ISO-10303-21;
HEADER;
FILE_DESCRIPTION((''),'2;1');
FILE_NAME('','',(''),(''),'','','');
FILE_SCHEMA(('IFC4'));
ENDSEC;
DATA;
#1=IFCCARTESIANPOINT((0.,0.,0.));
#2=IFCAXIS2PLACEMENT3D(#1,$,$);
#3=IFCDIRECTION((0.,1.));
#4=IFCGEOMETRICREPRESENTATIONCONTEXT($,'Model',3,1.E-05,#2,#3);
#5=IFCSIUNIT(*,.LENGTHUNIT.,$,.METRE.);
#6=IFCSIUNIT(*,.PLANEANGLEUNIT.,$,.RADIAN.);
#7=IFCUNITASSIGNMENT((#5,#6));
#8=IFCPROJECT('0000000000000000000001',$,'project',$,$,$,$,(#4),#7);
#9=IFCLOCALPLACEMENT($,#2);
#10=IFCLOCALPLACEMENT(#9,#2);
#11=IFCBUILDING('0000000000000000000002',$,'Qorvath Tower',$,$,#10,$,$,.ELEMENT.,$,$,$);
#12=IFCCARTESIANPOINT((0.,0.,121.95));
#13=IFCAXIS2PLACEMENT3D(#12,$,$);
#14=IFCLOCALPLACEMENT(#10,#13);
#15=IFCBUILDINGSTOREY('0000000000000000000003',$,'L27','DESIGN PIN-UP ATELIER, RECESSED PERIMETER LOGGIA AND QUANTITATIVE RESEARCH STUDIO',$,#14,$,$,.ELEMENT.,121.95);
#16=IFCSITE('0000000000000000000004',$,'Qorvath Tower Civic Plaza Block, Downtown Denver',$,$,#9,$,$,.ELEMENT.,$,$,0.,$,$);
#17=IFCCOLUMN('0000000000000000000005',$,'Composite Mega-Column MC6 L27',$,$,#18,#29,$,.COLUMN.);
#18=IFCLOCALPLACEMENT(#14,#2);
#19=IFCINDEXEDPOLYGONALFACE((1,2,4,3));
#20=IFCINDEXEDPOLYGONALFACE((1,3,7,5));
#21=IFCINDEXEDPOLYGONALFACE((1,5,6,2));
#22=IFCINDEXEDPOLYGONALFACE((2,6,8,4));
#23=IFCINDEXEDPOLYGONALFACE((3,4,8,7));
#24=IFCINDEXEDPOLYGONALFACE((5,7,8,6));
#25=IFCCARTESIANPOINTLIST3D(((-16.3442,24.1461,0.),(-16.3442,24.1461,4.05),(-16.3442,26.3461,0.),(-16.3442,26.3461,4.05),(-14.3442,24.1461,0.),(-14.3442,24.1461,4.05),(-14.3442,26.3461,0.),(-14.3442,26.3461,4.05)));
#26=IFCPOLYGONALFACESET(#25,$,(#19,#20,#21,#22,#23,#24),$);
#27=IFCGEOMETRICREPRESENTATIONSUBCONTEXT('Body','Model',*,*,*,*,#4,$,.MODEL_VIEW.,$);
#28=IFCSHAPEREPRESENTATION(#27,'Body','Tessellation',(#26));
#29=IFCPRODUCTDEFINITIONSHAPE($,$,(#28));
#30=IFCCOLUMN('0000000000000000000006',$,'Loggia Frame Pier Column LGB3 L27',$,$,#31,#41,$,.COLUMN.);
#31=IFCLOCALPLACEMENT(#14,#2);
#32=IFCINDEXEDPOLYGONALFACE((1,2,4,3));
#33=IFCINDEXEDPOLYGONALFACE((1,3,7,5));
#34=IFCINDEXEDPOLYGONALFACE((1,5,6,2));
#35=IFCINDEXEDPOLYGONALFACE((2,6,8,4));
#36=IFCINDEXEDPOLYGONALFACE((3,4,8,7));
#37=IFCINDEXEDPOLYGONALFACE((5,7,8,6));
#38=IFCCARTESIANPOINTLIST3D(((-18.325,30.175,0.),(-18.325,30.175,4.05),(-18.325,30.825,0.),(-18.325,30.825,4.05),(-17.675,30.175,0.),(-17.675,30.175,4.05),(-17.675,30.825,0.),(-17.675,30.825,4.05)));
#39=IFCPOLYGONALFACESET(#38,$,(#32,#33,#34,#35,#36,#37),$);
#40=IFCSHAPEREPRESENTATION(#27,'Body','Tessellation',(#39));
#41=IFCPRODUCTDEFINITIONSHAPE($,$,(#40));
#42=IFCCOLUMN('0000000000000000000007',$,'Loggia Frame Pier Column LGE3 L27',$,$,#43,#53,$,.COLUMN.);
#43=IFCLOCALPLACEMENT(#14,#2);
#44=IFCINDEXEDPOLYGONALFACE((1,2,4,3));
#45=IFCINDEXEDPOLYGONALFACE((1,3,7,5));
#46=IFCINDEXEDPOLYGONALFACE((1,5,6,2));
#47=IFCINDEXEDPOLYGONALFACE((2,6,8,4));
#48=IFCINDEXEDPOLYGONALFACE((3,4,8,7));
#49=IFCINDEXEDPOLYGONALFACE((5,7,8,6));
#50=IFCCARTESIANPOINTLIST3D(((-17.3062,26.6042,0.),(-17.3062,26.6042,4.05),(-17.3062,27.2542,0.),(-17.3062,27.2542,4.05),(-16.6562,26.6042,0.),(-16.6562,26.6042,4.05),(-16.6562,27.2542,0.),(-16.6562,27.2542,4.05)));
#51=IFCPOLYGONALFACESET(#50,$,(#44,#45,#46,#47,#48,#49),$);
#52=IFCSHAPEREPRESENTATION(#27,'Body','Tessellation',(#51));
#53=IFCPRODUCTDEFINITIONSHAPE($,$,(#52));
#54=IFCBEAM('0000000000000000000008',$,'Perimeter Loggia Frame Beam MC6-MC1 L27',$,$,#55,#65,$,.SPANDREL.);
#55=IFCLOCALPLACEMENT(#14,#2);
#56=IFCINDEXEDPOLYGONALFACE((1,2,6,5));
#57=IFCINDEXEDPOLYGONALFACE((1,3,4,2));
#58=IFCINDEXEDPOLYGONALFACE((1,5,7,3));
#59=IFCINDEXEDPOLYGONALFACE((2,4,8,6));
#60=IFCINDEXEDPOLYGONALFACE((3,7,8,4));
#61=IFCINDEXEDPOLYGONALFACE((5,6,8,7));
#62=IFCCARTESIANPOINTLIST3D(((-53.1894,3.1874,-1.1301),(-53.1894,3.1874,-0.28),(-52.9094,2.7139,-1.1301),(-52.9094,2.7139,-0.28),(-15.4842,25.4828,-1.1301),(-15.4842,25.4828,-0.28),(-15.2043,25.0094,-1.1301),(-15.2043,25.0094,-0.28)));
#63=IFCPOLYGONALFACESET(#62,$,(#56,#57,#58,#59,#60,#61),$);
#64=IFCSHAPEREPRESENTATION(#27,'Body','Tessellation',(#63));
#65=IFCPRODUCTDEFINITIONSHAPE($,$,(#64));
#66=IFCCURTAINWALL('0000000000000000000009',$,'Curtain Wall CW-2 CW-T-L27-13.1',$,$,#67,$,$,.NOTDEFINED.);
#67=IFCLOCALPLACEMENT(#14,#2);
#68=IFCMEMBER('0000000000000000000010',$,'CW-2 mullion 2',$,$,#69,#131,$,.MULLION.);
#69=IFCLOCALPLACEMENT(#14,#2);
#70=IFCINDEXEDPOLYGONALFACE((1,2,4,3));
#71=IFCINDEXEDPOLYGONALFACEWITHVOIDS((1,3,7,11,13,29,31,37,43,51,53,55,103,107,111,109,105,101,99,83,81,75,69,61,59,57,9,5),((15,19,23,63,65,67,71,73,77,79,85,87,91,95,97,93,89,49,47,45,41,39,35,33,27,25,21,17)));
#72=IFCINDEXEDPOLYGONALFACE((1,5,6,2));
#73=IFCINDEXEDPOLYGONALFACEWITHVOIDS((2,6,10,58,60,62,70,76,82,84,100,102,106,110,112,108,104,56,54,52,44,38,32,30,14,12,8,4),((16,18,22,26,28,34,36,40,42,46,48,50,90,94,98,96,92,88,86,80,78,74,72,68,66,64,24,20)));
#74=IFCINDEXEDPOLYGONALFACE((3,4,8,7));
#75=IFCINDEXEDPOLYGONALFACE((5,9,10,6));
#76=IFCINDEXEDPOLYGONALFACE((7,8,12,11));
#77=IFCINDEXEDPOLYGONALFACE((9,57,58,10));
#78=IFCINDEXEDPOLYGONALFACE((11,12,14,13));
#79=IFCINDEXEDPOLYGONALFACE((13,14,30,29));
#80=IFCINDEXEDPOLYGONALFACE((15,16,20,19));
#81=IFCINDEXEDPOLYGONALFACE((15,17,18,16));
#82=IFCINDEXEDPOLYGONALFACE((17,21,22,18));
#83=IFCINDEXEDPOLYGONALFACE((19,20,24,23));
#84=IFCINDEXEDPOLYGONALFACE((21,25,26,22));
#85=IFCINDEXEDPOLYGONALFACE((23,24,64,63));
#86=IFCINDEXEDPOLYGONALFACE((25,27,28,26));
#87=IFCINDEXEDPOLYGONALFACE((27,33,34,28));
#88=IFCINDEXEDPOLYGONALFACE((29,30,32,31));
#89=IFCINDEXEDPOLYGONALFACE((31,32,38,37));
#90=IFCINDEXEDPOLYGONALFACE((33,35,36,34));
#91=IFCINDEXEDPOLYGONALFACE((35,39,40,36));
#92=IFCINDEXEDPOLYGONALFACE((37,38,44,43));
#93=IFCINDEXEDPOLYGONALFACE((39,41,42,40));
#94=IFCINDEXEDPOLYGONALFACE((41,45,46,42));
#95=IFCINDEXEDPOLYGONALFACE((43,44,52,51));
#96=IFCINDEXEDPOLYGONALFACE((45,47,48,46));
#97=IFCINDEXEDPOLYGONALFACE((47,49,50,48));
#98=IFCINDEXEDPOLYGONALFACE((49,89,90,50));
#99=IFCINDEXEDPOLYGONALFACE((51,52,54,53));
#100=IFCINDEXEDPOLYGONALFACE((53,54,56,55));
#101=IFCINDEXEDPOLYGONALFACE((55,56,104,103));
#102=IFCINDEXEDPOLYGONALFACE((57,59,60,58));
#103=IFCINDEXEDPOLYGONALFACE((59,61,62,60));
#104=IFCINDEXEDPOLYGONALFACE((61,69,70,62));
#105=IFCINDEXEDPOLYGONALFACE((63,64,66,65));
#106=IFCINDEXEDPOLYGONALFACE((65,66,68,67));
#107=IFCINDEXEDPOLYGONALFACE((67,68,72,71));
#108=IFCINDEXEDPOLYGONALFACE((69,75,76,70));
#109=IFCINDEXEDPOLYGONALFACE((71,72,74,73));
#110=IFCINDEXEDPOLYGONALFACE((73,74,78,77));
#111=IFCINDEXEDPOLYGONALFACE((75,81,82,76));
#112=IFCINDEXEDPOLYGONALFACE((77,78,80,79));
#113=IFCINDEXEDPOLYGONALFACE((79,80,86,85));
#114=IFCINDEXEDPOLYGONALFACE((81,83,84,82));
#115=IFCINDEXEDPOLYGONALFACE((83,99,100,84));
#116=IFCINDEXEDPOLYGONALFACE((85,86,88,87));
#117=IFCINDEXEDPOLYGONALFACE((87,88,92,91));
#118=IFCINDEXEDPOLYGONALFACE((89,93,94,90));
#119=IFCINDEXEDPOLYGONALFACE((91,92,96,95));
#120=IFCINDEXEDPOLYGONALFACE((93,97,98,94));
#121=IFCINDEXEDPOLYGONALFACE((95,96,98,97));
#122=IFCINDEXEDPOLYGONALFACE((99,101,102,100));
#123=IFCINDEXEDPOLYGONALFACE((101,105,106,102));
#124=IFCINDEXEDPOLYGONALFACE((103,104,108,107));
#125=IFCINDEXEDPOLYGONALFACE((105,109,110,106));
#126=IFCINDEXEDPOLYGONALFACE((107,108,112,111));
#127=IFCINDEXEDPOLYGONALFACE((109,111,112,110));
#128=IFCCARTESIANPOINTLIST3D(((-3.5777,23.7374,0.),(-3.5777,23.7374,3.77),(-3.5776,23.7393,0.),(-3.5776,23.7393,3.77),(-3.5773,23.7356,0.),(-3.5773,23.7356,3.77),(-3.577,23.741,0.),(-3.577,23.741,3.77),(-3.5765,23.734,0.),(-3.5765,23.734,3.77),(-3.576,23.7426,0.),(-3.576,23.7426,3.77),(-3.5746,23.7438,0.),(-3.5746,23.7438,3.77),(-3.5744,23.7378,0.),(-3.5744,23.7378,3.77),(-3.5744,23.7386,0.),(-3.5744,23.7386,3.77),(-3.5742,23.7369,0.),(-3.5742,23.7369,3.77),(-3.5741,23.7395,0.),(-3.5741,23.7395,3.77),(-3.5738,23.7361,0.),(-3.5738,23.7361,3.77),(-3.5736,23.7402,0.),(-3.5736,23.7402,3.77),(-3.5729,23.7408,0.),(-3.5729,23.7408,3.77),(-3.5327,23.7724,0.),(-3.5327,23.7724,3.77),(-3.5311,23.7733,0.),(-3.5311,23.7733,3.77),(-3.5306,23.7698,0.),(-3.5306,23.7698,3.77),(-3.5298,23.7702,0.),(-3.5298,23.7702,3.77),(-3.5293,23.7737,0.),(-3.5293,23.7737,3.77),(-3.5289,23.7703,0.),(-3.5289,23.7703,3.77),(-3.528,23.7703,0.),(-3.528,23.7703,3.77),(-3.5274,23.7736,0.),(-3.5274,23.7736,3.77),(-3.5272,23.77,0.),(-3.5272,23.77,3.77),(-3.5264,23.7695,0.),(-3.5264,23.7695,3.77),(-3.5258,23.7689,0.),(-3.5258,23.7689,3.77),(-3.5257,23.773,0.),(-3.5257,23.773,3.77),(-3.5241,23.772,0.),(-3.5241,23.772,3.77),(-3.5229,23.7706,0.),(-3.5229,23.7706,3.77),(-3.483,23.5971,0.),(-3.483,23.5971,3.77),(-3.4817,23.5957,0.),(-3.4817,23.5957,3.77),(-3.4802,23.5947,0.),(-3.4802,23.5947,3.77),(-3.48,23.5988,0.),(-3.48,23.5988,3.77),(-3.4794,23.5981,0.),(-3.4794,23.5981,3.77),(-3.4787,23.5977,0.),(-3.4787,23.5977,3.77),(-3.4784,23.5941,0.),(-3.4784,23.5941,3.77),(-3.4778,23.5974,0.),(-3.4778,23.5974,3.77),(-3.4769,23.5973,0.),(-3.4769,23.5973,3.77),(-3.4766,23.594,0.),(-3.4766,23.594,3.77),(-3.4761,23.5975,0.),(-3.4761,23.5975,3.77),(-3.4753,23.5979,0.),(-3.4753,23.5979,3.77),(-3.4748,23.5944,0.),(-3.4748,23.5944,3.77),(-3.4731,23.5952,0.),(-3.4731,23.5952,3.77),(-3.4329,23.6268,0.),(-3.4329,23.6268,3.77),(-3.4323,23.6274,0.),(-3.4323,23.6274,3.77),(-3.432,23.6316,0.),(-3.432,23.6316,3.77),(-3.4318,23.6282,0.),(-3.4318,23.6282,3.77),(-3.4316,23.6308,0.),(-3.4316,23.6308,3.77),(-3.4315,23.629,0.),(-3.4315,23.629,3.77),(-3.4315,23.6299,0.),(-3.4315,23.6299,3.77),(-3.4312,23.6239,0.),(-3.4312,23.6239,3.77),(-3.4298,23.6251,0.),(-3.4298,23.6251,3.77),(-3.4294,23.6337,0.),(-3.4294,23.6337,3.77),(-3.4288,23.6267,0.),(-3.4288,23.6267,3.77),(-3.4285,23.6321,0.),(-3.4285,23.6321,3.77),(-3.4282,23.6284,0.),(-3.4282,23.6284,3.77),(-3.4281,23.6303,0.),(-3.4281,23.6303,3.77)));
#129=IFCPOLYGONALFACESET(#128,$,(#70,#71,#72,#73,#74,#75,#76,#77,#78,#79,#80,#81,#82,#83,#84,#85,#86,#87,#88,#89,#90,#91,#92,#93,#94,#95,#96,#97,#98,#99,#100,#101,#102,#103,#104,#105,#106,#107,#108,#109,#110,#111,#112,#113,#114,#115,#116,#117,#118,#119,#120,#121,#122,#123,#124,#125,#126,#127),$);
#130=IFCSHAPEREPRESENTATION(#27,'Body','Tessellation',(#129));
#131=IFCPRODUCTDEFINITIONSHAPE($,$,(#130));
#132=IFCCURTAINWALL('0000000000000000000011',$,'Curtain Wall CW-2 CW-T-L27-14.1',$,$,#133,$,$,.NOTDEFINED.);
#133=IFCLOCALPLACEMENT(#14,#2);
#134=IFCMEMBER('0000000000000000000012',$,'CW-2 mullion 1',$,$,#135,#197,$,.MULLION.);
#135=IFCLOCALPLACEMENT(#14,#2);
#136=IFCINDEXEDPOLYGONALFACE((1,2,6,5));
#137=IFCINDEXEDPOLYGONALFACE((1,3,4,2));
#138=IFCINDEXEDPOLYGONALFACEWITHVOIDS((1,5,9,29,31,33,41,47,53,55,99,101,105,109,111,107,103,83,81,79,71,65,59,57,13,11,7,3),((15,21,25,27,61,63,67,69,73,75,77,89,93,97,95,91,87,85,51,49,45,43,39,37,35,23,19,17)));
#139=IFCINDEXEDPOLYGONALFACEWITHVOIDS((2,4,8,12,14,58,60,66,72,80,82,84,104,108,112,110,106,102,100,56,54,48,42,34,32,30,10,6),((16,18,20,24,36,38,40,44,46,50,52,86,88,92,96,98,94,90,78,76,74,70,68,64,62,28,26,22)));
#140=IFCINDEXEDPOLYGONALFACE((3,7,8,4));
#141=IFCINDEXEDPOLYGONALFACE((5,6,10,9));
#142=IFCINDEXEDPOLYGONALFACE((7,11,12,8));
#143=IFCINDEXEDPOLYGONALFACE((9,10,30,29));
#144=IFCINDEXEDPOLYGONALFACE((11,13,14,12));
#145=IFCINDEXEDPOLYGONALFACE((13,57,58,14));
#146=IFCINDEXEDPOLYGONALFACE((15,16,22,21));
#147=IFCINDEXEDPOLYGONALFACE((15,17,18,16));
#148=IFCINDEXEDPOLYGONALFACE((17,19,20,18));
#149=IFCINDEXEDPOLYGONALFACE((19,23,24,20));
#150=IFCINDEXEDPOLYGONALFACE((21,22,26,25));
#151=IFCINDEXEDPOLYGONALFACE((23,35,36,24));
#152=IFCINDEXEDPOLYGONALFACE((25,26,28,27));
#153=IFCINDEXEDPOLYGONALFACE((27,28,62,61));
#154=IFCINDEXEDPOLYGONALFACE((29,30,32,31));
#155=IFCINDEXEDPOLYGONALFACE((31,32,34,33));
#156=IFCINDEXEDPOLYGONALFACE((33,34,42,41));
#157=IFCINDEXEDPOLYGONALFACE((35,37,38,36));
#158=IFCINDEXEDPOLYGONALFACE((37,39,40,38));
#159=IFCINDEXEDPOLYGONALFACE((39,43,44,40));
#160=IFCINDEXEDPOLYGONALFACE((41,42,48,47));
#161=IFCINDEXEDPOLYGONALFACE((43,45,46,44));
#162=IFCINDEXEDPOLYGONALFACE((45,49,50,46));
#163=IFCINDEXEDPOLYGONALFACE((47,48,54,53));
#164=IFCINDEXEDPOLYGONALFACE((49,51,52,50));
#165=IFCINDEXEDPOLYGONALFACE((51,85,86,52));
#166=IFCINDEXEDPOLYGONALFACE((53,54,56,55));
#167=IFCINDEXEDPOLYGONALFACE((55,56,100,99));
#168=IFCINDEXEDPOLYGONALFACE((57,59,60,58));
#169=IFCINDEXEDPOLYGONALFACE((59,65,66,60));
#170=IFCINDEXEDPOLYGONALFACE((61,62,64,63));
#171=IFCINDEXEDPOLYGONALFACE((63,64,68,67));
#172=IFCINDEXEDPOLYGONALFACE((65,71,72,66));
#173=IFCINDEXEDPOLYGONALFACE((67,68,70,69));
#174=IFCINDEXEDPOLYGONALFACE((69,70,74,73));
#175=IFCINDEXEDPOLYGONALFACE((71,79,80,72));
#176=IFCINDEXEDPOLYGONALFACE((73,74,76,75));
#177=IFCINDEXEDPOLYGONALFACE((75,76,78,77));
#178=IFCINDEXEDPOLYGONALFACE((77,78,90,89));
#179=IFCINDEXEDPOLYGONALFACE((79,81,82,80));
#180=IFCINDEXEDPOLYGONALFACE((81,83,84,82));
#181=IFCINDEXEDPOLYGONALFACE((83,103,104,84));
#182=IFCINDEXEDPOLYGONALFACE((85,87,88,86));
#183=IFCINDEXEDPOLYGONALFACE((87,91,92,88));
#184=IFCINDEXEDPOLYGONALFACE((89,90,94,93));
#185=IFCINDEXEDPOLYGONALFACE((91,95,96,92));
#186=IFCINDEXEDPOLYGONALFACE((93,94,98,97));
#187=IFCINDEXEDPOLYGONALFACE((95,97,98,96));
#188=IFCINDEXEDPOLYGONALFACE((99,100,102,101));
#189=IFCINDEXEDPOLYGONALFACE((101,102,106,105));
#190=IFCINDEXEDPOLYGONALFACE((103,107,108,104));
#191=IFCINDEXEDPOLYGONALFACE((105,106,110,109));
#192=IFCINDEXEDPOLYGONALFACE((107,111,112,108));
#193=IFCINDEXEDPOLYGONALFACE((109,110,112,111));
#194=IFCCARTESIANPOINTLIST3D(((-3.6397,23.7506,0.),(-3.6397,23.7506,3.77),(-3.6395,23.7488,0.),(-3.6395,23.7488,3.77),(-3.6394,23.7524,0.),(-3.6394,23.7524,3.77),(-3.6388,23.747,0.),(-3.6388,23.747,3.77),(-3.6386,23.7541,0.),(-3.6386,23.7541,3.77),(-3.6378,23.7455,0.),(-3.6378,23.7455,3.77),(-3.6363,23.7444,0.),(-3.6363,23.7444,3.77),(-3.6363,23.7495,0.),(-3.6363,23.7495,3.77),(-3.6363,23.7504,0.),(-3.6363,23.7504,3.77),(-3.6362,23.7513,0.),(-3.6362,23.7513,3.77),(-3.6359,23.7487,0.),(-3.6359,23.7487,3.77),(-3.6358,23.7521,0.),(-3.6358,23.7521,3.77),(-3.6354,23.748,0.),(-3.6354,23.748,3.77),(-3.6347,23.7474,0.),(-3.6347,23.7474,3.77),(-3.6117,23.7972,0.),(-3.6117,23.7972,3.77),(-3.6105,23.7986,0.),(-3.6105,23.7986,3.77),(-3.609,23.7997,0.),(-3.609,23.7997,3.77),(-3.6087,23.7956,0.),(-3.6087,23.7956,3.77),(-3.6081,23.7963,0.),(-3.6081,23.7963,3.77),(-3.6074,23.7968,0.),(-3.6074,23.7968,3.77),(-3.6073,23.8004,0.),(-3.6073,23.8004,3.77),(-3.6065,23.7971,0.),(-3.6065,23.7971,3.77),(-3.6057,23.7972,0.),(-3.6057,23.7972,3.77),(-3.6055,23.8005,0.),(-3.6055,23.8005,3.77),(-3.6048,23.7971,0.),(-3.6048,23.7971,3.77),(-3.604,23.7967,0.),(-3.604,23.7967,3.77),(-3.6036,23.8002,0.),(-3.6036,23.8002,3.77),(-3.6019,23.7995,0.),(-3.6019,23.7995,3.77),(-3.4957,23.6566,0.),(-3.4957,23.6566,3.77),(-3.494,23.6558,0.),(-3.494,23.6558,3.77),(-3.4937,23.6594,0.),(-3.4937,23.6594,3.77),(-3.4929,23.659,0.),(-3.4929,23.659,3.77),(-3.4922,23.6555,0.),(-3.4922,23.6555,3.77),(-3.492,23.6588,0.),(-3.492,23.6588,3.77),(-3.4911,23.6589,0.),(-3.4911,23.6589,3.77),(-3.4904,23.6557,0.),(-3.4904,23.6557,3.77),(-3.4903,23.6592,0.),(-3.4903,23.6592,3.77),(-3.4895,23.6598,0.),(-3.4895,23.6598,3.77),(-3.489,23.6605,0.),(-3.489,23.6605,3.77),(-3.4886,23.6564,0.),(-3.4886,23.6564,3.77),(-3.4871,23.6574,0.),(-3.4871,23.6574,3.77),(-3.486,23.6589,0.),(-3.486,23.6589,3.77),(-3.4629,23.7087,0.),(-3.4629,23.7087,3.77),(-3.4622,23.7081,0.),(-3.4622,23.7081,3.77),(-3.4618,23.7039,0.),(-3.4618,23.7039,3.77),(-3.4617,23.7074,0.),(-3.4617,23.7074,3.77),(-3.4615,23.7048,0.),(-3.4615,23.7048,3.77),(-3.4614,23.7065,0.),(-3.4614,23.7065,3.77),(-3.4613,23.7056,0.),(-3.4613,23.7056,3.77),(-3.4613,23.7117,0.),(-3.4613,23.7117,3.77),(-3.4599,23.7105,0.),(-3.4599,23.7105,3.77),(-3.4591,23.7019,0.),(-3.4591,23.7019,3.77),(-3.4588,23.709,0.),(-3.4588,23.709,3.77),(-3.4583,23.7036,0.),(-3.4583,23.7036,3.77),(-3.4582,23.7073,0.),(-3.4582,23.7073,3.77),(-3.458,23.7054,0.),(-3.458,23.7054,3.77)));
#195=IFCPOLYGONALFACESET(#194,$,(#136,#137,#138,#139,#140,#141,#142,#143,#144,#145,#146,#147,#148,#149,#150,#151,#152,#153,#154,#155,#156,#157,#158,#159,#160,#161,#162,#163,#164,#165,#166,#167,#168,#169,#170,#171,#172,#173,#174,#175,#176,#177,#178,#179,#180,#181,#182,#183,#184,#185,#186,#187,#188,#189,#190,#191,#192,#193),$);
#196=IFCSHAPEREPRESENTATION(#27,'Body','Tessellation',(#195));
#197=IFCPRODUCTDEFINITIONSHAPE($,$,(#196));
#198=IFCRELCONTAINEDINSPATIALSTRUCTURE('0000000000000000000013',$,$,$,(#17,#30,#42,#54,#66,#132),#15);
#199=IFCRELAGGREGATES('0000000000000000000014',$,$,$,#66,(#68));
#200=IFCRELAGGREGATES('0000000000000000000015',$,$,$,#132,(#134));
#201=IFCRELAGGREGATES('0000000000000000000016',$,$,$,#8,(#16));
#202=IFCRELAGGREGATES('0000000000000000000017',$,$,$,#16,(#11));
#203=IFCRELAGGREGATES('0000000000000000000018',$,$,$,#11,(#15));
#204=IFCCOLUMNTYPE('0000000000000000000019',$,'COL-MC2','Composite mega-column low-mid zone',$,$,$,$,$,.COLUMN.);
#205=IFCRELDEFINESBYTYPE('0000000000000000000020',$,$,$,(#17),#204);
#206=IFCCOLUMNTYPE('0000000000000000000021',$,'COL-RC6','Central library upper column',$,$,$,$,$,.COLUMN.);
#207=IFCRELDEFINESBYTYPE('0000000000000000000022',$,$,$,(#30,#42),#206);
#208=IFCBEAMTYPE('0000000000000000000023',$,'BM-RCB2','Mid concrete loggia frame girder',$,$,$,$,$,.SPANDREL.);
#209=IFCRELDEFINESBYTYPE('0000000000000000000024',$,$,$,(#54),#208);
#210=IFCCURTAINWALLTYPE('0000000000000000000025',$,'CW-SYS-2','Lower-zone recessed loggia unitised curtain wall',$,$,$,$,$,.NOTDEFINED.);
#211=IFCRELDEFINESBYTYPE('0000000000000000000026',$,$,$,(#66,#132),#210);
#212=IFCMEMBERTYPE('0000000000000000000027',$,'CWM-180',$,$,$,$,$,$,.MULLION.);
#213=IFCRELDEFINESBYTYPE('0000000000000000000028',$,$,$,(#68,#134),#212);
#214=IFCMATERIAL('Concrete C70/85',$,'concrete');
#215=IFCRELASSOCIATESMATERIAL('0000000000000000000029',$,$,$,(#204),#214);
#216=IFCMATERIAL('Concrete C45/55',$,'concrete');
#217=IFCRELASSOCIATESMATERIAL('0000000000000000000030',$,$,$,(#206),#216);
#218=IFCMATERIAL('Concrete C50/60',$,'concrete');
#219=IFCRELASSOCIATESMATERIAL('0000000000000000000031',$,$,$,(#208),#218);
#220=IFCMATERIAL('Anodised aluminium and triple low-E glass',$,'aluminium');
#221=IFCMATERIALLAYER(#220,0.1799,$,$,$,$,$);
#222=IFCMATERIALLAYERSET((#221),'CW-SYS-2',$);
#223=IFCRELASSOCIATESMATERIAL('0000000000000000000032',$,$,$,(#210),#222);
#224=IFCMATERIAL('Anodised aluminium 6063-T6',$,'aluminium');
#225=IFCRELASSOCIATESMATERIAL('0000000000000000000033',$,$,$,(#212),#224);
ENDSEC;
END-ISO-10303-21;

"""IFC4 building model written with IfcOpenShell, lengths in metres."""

from ifc_helpers import new_model, si_unit, direction, frame, origin, origin_2d, place, context, subcontext, project, spatial, rectangle, hollow_rectangle, extrude, material, layer, layer_set, material_profile, profile_set, type_object, element, aggregate, save


model = new_model("IFC4")

# Units and contexts
model_context = context("Model", 3, precision=1e-05, world=origin(), true_north=direction((0.0, 1.0)))
body_context = subcontext(model_context, "Body", "Model", "MODEL_VIEW")
ifc_project = project(units=[si_unit("LENGTHUNIT", "METRE"), si_unit("PLANEANGLEUNIT", "RADIAN")], contexts=[model_context])

# Site, building, storey
site_placement = place(None, origin())
site = spatial("IfcSite", under=ifc_project, at=site_placement, Name="Qorvath Tower Civic Plaza Block, Downtown Denver", CompositionType="ELEMENT", RefElevation=0.0)
building_placement = place(site_placement, origin())
building = spatial("IfcBuilding", under=site, at=building_placement, Name="Qorvath Tower", CompositionType="ELEMENT")
storey_placement = place(building_placement, frame((0.0, 0.0, 121.95)))
storey = spatial("IfcBuildingStorey", under=building, at=storey_placement, Name="L27", Description="DESIGN PIN-UP ATELIER, RECESSED PERIMETER LOGGIA AND QUANTITATIVE RESEARCH STUDIO", CompositionType="ELEMENT", Elevation=121.95)

# Columns
ifc_material_1 = material(Name="Concrete C70/85", Category="concrete")
ifc_material_profile_1 = material_profile(ifc_material_1, rectangle(XDim=2.0, YDim=2.2, at=origin_2d()), Name="MC 2200x2000")
ifc_profile_set_1 = profile_set([ifc_material_profile_1], Name="Concrete C70/85")
column_type_1 = type_object("IfcColumnType", Name="COL-MC2", Description="Composite mega-column low-mid zone", PredefinedType="COLUMN", material=ifc_profile_set_1)
column_placement = place(storey_placement, frame((-15.3442, 25.2461, 0.0), z_axis=(0.0, 0.0, 1.0), x_axis=(1.0, 0.0, 0.0)))
element("IfcColumn", 1, at=column_placement, inside=storey, type_object=column_type_1, Name="Composite Mega-Column MC6 L27", PredefinedType="COLUMN", context=body_context, shape_type="SweptSolid", body=[
    extrude(rectangle(XDim=2.0, YDim=2.2, at=origin_2d()), origin(), (0.0, 0.0, 1.0), 4.05),
])
ifc_material_2 = material(Name="Concrete C45/55", Category="concrete")
ifc_material_profile_2 = material_profile(ifc_material_2, rectangle(XDim=0.6499, YDim=0.6499, at=origin_2d()), Name="RC 650x650")
ifc_profile_set_2 = profile_set([ifc_material_profile_2], Name="Concrete C45/55")
column_type_2 = type_object("IfcColumnType", Name="COL-RC6", Description="Central library upper column", PredefinedType="COLUMN", material=ifc_profile_set_2)
for number, where, z_axis, x_axis, name in (
    (2, (-18.0, 30.5, 0.0), (0.0, 0.0, 1.0), (1.0, 0.0, 0.0), "Loggia Frame Pier Column LGB3 L27"),
    (3, (-16.9812, 26.9292, 0.0), (0.0, 0.0, 1.0), (1.0, 0.0, 0.0), "Loggia Frame Pier Column LGE3 L27"),
):
    element("IfcColumn", number, at=place(storey_placement, frame(where, z_axis=z_axis, x_axis=x_axis)), inside=storey, type_object=column_type_2, Name=name, PredefinedType="COLUMN", context=body_context, shape_type="SweptSolid", body=[
        extrude(rectangle(XDim=0.6499, YDim=0.6499, at=origin_2d()), origin(), (0.0, 0.0, 1.0), 4.05),
    ])

# Beam
ifc_material_3 = material(Name="Concrete C50/60", Category="concrete")
ifc_material_profile_3 = material_profile(ifc_material_3, rectangle(XDim=0.55, YDim=0.8501, at=origin_2d()), Name="RCB 850x550")
ifc_profile_set_3 = profile_set([ifc_material_profile_3], Name="Concrete C50/60")
beam_type = type_object("IfcBeamType", Name="BM-RCB2", Description="Mid concrete loggia frame girder", PredefinedType="SPANDREL", material=ifc_profile_set_3)
beam_placement = place(storey_placement, frame((-15.3442, 25.2461, -0.7051), z_axis=(-0.860775, -0.508985, 0.0), x_axis=(0.508985, -0.860775, 0.0)))
element("IfcBeam", 4, at=beam_placement, inside=storey, type_object=beam_type, Name="Perimeter Loggia Frame Beam MC6-MC1 L27", PredefinedType="SPANDREL", context=body_context, shape_type="SweptSolid", body=[
    extrude(rectangle(XDim=0.55, YDim=0.8501, at=origin_2d()), origin(), (0.0, 0.0, 1.0), 43.8037),
])

# Curtain wall, member
ifc_material_4 = material(Name="Anodised aluminium and triple low-E glass", Category="aluminium")
ifc_layer_1 = layer(ifc_material_4, 0.1799)
ifc_layer_set_1 = layer_set([ifc_layer_1], Name="CW-SYS-2")
curtain_wall_type = type_object("IfcCurtainWallType", Name="CW-SYS-2", Description="Lower-zone recessed loggia unitised curtain wall", PredefinedType="NOTDEFINED", material=ifc_layer_set_1)
curtain_wall_1_placement = place(storey_placement, origin())
curtain_wall_1 = element("IfcCurtainWall", 5, at=curtain_wall_1_placement, inside=storey, type_object=curtain_wall_type, Name="Curtain Wall CW-2 CW-T-L27-13.1", PredefinedType="NOTDEFINED")
ifc_material_5 = material(Name="Anodised aluminium 6063-T6", Category="aluminium")
ifc_material_profile_4 = material_profile(ifc_material_5, hollow_rectangle(XDim=0.0649, YDim=0.1799, WallThickness=0.0034, InnerFilletRadius=0.0034, OuterFilletRadius=0.0071, at=origin_2d()), Name="CWM 180x65")
ifc_profile_set_4 = profile_set([ifc_material_profile_4], Name="Anodised aluminium 6063-T6")
member_type_1 = type_object("IfcMemberType", Name="CWM-180", PredefinedType="MULLION", material=ifc_profile_set_4)
member_1_placement = place(storey_placement, frame((-3.5029, 23.6838, 0.0), z_axis=(0.0, 0.0, 1.0), x_axis=(-0.825663, -0.564164, 0.0)))
member_1 = element("IfcMember", 6, at=member_1_placement, type_object=member_type_1, Name="CW-2 mullion 2", PredefinedType="MULLION", context=body_context, shape_type="SweptSolid", body=[
    extrude(hollow_rectangle(XDim=0.0649, YDim=0.1799, WallThickness=0.0034, InnerFilletRadius=0.0034, OuterFilletRadius=0.0071, at=origin_2d()), origin(), (0.0, 0.0, 1.0), 3.77),
])
aggregate(curtain_wall_1, [member_1])

# Curtain wall, member
curtain_wall_2_placement = place(storey_placement, origin())
curtain_wall_2 = element("IfcCurtainWall", 7, at=curtain_wall_2_placement, inside=storey, type_object=curtain_wall_type, Name="Curtain Wall CW-2 CW-T-L27-14.1", PredefinedType="NOTDEFINED")
member_2_placement = place(storey_placement, frame((-3.5488, 23.728, 0.0), z_axis=(0.0, 0.0, 1.0), x_axis=(-0.529503, -0.848308, 0.0)))
member_2 = element("IfcMember", 8, at=member_2_placement, type_object=member_type_1, Name="CW-2 mullion 1", PredefinedType="MULLION", context=body_context, shape_type="SweptSolid", body=[
    extrude(hollow_rectangle(XDim=0.0649, YDim=0.1799, WallThickness=0.0034, InnerFilletRadius=0.0034, OuterFilletRadius=0.0071, at=origin_2d()), origin(), (0.0, 0.0, 1.0), 3.77),
])

aggregate(curtain_wall_2, [member_2])

save(model, "model.ifc")
